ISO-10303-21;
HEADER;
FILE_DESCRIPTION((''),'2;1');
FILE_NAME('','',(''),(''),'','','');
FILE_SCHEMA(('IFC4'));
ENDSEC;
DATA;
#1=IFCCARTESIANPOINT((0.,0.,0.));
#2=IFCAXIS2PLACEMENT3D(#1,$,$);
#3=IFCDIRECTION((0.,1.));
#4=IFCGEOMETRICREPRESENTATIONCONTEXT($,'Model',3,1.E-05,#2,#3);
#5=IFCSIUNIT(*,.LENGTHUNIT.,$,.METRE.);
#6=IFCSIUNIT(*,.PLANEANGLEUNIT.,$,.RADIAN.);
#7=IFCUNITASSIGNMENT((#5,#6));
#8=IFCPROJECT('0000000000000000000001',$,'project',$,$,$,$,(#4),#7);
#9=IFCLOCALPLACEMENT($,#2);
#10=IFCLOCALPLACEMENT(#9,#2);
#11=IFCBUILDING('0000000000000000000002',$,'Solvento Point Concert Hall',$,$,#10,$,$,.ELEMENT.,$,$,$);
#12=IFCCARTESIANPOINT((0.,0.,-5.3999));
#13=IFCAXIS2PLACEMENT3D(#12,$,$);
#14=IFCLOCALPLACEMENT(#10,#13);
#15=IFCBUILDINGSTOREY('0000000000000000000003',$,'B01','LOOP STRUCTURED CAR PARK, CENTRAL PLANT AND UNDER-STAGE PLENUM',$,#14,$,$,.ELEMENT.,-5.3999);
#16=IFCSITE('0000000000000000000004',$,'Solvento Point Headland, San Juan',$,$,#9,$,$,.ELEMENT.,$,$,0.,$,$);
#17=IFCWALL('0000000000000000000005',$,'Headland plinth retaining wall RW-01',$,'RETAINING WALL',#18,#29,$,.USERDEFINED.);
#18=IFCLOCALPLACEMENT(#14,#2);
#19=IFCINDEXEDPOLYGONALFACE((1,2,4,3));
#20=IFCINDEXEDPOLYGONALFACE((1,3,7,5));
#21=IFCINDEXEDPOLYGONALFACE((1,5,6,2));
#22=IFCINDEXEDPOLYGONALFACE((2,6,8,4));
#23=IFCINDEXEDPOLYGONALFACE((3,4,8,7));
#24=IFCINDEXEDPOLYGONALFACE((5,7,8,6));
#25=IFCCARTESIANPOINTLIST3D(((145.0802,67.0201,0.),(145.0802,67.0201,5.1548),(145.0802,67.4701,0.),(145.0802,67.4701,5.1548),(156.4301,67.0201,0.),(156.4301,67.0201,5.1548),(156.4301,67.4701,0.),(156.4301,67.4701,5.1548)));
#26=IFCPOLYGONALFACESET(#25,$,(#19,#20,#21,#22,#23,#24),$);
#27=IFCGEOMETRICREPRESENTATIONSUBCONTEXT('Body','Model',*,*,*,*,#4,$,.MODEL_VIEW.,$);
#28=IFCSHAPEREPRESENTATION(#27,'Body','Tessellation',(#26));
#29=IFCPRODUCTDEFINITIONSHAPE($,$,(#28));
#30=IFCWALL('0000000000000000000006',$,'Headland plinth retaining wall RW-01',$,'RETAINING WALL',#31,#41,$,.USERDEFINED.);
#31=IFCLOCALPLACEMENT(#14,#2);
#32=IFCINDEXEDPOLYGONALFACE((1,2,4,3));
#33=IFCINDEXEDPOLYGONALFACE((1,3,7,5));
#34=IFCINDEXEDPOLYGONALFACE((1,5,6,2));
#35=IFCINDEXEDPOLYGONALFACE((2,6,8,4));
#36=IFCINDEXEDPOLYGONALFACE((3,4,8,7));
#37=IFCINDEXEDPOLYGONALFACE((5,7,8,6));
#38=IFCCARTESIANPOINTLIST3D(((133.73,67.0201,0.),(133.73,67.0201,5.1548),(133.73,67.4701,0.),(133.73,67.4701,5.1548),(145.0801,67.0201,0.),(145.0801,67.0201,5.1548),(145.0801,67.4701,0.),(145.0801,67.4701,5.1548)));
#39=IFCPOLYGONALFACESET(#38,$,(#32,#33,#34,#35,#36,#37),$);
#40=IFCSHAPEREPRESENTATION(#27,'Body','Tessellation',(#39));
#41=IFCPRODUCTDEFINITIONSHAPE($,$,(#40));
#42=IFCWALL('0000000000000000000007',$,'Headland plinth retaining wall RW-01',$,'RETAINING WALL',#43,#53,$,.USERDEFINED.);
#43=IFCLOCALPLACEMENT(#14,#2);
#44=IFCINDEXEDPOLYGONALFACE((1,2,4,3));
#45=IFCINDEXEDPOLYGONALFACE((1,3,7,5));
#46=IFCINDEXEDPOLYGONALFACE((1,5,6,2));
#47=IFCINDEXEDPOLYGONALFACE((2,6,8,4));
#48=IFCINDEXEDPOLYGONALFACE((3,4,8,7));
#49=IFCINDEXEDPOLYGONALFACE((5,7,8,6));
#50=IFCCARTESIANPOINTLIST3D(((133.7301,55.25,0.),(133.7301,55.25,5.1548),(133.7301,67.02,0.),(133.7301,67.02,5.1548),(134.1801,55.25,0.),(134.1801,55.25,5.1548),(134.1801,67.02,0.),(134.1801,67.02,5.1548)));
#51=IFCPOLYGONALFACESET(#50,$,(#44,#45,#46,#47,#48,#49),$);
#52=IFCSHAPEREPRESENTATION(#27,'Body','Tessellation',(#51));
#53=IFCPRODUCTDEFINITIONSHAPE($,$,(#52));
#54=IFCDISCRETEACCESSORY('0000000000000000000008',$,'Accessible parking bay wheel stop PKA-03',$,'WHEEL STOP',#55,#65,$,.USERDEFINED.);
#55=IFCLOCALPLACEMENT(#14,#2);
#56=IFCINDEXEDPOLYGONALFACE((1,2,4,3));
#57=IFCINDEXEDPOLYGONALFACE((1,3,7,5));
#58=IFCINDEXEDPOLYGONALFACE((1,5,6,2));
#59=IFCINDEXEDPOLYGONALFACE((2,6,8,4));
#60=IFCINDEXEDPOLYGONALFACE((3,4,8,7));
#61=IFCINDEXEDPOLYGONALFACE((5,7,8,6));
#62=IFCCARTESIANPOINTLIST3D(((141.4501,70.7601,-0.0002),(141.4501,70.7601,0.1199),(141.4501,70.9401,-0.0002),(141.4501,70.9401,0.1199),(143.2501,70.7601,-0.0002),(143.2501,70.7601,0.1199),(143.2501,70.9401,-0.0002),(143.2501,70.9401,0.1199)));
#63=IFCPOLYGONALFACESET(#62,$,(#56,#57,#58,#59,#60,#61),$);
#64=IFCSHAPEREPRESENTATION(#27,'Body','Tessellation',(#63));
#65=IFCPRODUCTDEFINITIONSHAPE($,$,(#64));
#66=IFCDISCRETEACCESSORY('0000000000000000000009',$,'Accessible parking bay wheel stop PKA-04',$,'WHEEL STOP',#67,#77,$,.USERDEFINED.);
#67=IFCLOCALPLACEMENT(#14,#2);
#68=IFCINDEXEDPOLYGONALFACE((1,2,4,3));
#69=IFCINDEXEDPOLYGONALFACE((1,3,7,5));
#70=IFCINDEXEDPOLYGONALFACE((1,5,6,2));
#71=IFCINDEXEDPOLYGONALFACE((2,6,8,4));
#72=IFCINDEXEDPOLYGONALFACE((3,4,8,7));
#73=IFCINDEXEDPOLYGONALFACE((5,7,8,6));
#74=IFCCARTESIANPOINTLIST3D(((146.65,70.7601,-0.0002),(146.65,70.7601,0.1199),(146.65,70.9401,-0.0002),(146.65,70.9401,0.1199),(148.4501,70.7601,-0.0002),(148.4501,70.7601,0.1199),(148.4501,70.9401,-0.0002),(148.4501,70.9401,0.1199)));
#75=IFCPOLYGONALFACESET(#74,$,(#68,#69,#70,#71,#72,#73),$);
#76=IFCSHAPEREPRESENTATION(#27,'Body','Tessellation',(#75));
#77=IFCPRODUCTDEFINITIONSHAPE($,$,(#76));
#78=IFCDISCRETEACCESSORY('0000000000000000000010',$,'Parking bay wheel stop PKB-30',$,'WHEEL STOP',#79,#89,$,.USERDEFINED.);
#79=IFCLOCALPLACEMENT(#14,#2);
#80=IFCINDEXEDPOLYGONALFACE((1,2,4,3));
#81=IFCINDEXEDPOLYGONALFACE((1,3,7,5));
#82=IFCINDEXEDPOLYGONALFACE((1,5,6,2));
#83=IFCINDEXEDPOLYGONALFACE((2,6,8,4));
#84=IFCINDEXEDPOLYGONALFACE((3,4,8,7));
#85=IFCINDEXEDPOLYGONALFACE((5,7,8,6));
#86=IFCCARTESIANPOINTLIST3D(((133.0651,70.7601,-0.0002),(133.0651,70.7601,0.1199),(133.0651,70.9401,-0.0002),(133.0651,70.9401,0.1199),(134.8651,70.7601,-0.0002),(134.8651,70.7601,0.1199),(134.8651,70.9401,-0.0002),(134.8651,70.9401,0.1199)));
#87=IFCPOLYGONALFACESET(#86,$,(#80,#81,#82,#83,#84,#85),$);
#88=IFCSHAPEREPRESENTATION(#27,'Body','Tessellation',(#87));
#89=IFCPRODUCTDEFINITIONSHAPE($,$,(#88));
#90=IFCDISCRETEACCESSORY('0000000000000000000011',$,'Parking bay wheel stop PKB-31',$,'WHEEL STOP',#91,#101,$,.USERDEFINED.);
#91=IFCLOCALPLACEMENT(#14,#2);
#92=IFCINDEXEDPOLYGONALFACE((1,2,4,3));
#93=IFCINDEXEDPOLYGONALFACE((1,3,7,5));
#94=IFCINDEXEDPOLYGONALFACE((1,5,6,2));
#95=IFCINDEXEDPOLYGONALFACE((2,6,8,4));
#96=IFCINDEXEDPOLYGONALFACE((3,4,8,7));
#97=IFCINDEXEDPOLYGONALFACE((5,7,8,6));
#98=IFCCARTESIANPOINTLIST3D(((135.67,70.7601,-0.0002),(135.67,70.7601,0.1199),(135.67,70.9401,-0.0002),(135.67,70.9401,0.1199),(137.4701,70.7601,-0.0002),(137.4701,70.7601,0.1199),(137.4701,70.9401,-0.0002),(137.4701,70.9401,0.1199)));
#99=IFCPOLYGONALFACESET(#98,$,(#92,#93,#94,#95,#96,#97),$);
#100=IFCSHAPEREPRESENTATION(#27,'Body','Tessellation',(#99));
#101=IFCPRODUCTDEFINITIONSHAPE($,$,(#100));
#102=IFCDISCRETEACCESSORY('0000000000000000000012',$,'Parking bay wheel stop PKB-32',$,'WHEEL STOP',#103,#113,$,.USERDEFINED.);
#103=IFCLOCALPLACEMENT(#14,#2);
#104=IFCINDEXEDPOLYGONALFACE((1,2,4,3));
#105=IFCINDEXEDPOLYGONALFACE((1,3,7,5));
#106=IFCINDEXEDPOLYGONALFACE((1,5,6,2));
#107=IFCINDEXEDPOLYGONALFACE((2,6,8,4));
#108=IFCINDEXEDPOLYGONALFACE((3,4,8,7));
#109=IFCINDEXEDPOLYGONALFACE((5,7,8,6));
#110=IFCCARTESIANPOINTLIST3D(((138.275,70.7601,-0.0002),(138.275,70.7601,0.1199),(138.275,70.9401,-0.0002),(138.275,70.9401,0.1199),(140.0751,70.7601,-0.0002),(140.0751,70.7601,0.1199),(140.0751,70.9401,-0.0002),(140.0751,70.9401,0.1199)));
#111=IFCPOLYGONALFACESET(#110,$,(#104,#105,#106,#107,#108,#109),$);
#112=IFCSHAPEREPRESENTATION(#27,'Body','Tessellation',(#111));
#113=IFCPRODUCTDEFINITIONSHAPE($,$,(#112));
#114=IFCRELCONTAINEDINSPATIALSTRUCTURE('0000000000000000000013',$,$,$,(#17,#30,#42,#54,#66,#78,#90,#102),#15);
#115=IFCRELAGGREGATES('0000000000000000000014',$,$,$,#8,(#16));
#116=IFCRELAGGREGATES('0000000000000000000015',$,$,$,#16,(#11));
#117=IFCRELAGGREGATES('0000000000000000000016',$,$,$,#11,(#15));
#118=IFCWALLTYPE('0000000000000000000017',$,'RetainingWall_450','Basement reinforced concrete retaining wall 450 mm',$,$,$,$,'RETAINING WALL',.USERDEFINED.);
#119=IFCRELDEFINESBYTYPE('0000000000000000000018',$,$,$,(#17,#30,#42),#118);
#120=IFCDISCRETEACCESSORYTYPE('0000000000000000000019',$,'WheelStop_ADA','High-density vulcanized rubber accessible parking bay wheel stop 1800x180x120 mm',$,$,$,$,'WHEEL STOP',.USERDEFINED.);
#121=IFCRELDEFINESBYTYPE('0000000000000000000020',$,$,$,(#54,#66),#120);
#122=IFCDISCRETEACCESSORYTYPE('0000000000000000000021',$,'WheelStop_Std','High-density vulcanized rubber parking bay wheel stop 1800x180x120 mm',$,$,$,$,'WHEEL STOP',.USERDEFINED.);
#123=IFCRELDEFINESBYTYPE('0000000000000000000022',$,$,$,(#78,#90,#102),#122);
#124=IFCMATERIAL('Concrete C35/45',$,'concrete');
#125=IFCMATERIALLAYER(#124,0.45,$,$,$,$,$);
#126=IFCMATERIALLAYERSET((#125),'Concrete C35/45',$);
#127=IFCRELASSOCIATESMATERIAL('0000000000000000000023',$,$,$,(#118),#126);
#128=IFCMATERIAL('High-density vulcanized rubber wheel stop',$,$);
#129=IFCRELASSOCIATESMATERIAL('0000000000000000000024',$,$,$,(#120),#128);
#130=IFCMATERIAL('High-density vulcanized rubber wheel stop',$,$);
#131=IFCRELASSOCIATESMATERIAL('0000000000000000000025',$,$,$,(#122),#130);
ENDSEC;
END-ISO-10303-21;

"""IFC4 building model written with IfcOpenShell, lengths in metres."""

from ifc_helpers import new_model, si_unit, direction, frame, frame_2d, origin, origin_2d, place, context, subcontext, project, spatial, rectangle, extrude, material, layer, layer_set, type_object, element, save


model = new_model("IFC4")

# Units and contexts
model_context = context("Model", 3, precision=1e-05, world=origin(), true_north=direction((0.0, 1.0)))
body_context = subcontext(model_context, "Body", "Model", "MODEL_VIEW")
ifc_project = project(units=[si_unit("LENGTHUNIT", "METRE"), si_unit("PLANEANGLEUNIT", "RADIAN")], contexts=[model_context])

# Site, building, storey
site_placement = place(None, origin())
site = spatial("IfcSite", under=ifc_project, at=site_placement, Name="Solvento Point Headland, San Juan", CompositionType="ELEMENT", RefElevation=0.0)
building_placement = place(site_placement, origin())
building = spatial("IfcBuilding", under=site, at=building_placement, Name="Solvento Point Concert Hall", CompositionType="ELEMENT")
storey_placement = place(building_placement, frame((0.0, 0.0, -5.3999)))
storey = spatial("IfcBuildingStorey", under=building, at=storey_placement, Name="B01", Description="LOOP STRUCTURED CAR PARK, CENTRAL PLANT AND UNDER-STAGE PLENUM", CompositionType="ELEMENT", Elevation=-5.3999)

# Walls
ifc_material_1 = material(Name="Concrete C35/45", Category="concrete")
ifc_layer_1 = layer(ifc_material_1, 0.45)
ifc_layer_set_1 = layer_set([ifc_layer_1], Name="Concrete C35/45")
wall_type_1 = type_object("IfcWallType", Name="RetainingWall_450", Description="Basement reinforced concrete retaining wall 450 mm", ElementType="RETAINING WALL", PredefinedType="USERDEFINED", material=ifc_layer_set_1)
wall_1_placement = place(storey_placement, frame((156.4299, 67.2451, 0.0), z_axis=(0.0, 0.0, 1.0), x_axis=(-1.0, 0.0, 0.0)))
element("IfcWall", 1, at=wall_1_placement, inside=storey, type_object=wall_type_1, Name="Headland plinth retaining wall RW-01", ObjectType="RETAINING WALL", PredefinedType="USERDEFINED", context=body_context, shape_type="SweptSolid", body=[
    extrude(rectangle(XDim=11.3499, YDim=0.45, at=frame_2d((5.6748, 0.0))), origin(), (0.0, 0.0, 1.0), 5.1548),
])
wall_2_placement = place(storey_placement, frame((145.0801, 67.2451, 0.0), z_axis=(0.0, 0.0, 1.0), x_axis=(-1.0, 0.0, 0.0)))
element("IfcWall", 2, at=wall_2_placement, inside=storey, type_object=wall_type_1, Name="Headland plinth retaining wall RW-01", ObjectType="RETAINING WALL", PredefinedType="USERDEFINED", context=body_context, shape_type="SweptSolid", body=[
    extrude(rectangle(XDim=11.3501, YDim=0.45, at=frame_2d((5.675, 0.0))), origin(), (0.0, 0.0, 1.0), 5.1548),
])
wall_3_placement = place(storey_placement, frame((133.9551, 67.02, 0.0), z_axis=(0.0, 0.0, 1.0), x_axis=(0.0, -1.0, 0.0)))
element("IfcWall", 3, at=wall_3_placement, inside=storey, type_object=wall_type_1, Name="Headland plinth retaining wall RW-01", ObjectType="RETAINING WALL", PredefinedType="USERDEFINED", context=body_context, shape_type="SweptSolid", body=[
    extrude(rectangle(XDim=11.77, YDim=0.45, at=frame_2d((5.885, 0.0))), origin(), (0.0, 0.0, 1.0), 5.1548),
])

# Discrete accessories
ifc_material_2 = material(Name="High-density vulcanized rubber wheel stop")
discrete_accessory_type_1 = type_object("IfcDiscreteAccessoryType", Name="WheelStop_ADA", Description="High-density vulcanized rubber accessible parking bay wheel stop 1800x180x120 mm", ElementType="WHEEL STOP", PredefinedType="USERDEFINED", material=ifc_material_2)
for number, where, z_axis, x_axis, name in (
    (4, (142.3501, 70.8501, -0.0002), (0.0, 0.0, 1.0), (1.0, 0.0, 0.0), "Accessible parking bay wheel stop PKA-03"),
    (5, (147.55, 70.8501, -0.0002), (0.0, 0.0, 1.0), (1.0, 0.0, 0.0), "Accessible parking bay wheel stop PKA-04"),
):
    element("IfcDiscreteAccessory", number, at=place(storey_placement, frame(where, z_axis=z_axis, x_axis=x_axis)), inside=storey, type_object=discrete_accessory_type_1, Name=name, ObjectType="WHEEL STOP", PredefinedType="USERDEFINED", context=body_context, shape_type="SweptSolid", body=[
        extrude(rectangle(XDim=1.8, YDim=0.1799, at=origin_2d()), origin(), (0.0, 0.0, 1.0), 0.1201),
    ])
ifc_material_3 = material(Name="High-density vulcanized rubber wheel stop")
discrete_accessory_type_2 = type_object("IfcDiscreteAccessoryType", Name="WheelStop_Std", Description="High-density vulcanized rubber parking bay wheel stop 1800x180x120 mm", ElementType="WHEEL STOP", PredefinedType="USERDEFINED", material=ifc_material_3)
for number, where, z_axis, x_axis, name in (
    (6, (133.9651, 70.8501, -0.0002), (0.0, 0.0, 1.0), (1.0, 0.0, 0.0), "Parking bay wheel stop PKB-30"),
    (7, (136.5701, 70.8501, -0.0002), (0.0, 0.0, 1.0), (1.0, 0.0, 0.0), "Parking bay wheel stop PKB-31"),
    (8, (139.175, 70.8501, -0.0002), (0.0, 0.0, 1.0), (1.0, 0.0, 0.0), "Parking bay wheel stop PKB-32"),
):
    element("IfcDiscreteAccessory", number, at=place(storey_placement, frame(where, z_axis=z_axis, x_axis=x_axis)), inside=storey, type_object=discrete_accessory_type_2, Name=name, ObjectType="WHEEL STOP", PredefinedType="USERDEFINED", context=body_context, shape_type="SweptSolid", body=[
        extrude(rectangle(XDim=1.8, YDim=0.1799, at=origin_2d()), origin(), (0.0, 0.0, 1.0), 0.1201),
    ])

save(model, "model.ifc")
